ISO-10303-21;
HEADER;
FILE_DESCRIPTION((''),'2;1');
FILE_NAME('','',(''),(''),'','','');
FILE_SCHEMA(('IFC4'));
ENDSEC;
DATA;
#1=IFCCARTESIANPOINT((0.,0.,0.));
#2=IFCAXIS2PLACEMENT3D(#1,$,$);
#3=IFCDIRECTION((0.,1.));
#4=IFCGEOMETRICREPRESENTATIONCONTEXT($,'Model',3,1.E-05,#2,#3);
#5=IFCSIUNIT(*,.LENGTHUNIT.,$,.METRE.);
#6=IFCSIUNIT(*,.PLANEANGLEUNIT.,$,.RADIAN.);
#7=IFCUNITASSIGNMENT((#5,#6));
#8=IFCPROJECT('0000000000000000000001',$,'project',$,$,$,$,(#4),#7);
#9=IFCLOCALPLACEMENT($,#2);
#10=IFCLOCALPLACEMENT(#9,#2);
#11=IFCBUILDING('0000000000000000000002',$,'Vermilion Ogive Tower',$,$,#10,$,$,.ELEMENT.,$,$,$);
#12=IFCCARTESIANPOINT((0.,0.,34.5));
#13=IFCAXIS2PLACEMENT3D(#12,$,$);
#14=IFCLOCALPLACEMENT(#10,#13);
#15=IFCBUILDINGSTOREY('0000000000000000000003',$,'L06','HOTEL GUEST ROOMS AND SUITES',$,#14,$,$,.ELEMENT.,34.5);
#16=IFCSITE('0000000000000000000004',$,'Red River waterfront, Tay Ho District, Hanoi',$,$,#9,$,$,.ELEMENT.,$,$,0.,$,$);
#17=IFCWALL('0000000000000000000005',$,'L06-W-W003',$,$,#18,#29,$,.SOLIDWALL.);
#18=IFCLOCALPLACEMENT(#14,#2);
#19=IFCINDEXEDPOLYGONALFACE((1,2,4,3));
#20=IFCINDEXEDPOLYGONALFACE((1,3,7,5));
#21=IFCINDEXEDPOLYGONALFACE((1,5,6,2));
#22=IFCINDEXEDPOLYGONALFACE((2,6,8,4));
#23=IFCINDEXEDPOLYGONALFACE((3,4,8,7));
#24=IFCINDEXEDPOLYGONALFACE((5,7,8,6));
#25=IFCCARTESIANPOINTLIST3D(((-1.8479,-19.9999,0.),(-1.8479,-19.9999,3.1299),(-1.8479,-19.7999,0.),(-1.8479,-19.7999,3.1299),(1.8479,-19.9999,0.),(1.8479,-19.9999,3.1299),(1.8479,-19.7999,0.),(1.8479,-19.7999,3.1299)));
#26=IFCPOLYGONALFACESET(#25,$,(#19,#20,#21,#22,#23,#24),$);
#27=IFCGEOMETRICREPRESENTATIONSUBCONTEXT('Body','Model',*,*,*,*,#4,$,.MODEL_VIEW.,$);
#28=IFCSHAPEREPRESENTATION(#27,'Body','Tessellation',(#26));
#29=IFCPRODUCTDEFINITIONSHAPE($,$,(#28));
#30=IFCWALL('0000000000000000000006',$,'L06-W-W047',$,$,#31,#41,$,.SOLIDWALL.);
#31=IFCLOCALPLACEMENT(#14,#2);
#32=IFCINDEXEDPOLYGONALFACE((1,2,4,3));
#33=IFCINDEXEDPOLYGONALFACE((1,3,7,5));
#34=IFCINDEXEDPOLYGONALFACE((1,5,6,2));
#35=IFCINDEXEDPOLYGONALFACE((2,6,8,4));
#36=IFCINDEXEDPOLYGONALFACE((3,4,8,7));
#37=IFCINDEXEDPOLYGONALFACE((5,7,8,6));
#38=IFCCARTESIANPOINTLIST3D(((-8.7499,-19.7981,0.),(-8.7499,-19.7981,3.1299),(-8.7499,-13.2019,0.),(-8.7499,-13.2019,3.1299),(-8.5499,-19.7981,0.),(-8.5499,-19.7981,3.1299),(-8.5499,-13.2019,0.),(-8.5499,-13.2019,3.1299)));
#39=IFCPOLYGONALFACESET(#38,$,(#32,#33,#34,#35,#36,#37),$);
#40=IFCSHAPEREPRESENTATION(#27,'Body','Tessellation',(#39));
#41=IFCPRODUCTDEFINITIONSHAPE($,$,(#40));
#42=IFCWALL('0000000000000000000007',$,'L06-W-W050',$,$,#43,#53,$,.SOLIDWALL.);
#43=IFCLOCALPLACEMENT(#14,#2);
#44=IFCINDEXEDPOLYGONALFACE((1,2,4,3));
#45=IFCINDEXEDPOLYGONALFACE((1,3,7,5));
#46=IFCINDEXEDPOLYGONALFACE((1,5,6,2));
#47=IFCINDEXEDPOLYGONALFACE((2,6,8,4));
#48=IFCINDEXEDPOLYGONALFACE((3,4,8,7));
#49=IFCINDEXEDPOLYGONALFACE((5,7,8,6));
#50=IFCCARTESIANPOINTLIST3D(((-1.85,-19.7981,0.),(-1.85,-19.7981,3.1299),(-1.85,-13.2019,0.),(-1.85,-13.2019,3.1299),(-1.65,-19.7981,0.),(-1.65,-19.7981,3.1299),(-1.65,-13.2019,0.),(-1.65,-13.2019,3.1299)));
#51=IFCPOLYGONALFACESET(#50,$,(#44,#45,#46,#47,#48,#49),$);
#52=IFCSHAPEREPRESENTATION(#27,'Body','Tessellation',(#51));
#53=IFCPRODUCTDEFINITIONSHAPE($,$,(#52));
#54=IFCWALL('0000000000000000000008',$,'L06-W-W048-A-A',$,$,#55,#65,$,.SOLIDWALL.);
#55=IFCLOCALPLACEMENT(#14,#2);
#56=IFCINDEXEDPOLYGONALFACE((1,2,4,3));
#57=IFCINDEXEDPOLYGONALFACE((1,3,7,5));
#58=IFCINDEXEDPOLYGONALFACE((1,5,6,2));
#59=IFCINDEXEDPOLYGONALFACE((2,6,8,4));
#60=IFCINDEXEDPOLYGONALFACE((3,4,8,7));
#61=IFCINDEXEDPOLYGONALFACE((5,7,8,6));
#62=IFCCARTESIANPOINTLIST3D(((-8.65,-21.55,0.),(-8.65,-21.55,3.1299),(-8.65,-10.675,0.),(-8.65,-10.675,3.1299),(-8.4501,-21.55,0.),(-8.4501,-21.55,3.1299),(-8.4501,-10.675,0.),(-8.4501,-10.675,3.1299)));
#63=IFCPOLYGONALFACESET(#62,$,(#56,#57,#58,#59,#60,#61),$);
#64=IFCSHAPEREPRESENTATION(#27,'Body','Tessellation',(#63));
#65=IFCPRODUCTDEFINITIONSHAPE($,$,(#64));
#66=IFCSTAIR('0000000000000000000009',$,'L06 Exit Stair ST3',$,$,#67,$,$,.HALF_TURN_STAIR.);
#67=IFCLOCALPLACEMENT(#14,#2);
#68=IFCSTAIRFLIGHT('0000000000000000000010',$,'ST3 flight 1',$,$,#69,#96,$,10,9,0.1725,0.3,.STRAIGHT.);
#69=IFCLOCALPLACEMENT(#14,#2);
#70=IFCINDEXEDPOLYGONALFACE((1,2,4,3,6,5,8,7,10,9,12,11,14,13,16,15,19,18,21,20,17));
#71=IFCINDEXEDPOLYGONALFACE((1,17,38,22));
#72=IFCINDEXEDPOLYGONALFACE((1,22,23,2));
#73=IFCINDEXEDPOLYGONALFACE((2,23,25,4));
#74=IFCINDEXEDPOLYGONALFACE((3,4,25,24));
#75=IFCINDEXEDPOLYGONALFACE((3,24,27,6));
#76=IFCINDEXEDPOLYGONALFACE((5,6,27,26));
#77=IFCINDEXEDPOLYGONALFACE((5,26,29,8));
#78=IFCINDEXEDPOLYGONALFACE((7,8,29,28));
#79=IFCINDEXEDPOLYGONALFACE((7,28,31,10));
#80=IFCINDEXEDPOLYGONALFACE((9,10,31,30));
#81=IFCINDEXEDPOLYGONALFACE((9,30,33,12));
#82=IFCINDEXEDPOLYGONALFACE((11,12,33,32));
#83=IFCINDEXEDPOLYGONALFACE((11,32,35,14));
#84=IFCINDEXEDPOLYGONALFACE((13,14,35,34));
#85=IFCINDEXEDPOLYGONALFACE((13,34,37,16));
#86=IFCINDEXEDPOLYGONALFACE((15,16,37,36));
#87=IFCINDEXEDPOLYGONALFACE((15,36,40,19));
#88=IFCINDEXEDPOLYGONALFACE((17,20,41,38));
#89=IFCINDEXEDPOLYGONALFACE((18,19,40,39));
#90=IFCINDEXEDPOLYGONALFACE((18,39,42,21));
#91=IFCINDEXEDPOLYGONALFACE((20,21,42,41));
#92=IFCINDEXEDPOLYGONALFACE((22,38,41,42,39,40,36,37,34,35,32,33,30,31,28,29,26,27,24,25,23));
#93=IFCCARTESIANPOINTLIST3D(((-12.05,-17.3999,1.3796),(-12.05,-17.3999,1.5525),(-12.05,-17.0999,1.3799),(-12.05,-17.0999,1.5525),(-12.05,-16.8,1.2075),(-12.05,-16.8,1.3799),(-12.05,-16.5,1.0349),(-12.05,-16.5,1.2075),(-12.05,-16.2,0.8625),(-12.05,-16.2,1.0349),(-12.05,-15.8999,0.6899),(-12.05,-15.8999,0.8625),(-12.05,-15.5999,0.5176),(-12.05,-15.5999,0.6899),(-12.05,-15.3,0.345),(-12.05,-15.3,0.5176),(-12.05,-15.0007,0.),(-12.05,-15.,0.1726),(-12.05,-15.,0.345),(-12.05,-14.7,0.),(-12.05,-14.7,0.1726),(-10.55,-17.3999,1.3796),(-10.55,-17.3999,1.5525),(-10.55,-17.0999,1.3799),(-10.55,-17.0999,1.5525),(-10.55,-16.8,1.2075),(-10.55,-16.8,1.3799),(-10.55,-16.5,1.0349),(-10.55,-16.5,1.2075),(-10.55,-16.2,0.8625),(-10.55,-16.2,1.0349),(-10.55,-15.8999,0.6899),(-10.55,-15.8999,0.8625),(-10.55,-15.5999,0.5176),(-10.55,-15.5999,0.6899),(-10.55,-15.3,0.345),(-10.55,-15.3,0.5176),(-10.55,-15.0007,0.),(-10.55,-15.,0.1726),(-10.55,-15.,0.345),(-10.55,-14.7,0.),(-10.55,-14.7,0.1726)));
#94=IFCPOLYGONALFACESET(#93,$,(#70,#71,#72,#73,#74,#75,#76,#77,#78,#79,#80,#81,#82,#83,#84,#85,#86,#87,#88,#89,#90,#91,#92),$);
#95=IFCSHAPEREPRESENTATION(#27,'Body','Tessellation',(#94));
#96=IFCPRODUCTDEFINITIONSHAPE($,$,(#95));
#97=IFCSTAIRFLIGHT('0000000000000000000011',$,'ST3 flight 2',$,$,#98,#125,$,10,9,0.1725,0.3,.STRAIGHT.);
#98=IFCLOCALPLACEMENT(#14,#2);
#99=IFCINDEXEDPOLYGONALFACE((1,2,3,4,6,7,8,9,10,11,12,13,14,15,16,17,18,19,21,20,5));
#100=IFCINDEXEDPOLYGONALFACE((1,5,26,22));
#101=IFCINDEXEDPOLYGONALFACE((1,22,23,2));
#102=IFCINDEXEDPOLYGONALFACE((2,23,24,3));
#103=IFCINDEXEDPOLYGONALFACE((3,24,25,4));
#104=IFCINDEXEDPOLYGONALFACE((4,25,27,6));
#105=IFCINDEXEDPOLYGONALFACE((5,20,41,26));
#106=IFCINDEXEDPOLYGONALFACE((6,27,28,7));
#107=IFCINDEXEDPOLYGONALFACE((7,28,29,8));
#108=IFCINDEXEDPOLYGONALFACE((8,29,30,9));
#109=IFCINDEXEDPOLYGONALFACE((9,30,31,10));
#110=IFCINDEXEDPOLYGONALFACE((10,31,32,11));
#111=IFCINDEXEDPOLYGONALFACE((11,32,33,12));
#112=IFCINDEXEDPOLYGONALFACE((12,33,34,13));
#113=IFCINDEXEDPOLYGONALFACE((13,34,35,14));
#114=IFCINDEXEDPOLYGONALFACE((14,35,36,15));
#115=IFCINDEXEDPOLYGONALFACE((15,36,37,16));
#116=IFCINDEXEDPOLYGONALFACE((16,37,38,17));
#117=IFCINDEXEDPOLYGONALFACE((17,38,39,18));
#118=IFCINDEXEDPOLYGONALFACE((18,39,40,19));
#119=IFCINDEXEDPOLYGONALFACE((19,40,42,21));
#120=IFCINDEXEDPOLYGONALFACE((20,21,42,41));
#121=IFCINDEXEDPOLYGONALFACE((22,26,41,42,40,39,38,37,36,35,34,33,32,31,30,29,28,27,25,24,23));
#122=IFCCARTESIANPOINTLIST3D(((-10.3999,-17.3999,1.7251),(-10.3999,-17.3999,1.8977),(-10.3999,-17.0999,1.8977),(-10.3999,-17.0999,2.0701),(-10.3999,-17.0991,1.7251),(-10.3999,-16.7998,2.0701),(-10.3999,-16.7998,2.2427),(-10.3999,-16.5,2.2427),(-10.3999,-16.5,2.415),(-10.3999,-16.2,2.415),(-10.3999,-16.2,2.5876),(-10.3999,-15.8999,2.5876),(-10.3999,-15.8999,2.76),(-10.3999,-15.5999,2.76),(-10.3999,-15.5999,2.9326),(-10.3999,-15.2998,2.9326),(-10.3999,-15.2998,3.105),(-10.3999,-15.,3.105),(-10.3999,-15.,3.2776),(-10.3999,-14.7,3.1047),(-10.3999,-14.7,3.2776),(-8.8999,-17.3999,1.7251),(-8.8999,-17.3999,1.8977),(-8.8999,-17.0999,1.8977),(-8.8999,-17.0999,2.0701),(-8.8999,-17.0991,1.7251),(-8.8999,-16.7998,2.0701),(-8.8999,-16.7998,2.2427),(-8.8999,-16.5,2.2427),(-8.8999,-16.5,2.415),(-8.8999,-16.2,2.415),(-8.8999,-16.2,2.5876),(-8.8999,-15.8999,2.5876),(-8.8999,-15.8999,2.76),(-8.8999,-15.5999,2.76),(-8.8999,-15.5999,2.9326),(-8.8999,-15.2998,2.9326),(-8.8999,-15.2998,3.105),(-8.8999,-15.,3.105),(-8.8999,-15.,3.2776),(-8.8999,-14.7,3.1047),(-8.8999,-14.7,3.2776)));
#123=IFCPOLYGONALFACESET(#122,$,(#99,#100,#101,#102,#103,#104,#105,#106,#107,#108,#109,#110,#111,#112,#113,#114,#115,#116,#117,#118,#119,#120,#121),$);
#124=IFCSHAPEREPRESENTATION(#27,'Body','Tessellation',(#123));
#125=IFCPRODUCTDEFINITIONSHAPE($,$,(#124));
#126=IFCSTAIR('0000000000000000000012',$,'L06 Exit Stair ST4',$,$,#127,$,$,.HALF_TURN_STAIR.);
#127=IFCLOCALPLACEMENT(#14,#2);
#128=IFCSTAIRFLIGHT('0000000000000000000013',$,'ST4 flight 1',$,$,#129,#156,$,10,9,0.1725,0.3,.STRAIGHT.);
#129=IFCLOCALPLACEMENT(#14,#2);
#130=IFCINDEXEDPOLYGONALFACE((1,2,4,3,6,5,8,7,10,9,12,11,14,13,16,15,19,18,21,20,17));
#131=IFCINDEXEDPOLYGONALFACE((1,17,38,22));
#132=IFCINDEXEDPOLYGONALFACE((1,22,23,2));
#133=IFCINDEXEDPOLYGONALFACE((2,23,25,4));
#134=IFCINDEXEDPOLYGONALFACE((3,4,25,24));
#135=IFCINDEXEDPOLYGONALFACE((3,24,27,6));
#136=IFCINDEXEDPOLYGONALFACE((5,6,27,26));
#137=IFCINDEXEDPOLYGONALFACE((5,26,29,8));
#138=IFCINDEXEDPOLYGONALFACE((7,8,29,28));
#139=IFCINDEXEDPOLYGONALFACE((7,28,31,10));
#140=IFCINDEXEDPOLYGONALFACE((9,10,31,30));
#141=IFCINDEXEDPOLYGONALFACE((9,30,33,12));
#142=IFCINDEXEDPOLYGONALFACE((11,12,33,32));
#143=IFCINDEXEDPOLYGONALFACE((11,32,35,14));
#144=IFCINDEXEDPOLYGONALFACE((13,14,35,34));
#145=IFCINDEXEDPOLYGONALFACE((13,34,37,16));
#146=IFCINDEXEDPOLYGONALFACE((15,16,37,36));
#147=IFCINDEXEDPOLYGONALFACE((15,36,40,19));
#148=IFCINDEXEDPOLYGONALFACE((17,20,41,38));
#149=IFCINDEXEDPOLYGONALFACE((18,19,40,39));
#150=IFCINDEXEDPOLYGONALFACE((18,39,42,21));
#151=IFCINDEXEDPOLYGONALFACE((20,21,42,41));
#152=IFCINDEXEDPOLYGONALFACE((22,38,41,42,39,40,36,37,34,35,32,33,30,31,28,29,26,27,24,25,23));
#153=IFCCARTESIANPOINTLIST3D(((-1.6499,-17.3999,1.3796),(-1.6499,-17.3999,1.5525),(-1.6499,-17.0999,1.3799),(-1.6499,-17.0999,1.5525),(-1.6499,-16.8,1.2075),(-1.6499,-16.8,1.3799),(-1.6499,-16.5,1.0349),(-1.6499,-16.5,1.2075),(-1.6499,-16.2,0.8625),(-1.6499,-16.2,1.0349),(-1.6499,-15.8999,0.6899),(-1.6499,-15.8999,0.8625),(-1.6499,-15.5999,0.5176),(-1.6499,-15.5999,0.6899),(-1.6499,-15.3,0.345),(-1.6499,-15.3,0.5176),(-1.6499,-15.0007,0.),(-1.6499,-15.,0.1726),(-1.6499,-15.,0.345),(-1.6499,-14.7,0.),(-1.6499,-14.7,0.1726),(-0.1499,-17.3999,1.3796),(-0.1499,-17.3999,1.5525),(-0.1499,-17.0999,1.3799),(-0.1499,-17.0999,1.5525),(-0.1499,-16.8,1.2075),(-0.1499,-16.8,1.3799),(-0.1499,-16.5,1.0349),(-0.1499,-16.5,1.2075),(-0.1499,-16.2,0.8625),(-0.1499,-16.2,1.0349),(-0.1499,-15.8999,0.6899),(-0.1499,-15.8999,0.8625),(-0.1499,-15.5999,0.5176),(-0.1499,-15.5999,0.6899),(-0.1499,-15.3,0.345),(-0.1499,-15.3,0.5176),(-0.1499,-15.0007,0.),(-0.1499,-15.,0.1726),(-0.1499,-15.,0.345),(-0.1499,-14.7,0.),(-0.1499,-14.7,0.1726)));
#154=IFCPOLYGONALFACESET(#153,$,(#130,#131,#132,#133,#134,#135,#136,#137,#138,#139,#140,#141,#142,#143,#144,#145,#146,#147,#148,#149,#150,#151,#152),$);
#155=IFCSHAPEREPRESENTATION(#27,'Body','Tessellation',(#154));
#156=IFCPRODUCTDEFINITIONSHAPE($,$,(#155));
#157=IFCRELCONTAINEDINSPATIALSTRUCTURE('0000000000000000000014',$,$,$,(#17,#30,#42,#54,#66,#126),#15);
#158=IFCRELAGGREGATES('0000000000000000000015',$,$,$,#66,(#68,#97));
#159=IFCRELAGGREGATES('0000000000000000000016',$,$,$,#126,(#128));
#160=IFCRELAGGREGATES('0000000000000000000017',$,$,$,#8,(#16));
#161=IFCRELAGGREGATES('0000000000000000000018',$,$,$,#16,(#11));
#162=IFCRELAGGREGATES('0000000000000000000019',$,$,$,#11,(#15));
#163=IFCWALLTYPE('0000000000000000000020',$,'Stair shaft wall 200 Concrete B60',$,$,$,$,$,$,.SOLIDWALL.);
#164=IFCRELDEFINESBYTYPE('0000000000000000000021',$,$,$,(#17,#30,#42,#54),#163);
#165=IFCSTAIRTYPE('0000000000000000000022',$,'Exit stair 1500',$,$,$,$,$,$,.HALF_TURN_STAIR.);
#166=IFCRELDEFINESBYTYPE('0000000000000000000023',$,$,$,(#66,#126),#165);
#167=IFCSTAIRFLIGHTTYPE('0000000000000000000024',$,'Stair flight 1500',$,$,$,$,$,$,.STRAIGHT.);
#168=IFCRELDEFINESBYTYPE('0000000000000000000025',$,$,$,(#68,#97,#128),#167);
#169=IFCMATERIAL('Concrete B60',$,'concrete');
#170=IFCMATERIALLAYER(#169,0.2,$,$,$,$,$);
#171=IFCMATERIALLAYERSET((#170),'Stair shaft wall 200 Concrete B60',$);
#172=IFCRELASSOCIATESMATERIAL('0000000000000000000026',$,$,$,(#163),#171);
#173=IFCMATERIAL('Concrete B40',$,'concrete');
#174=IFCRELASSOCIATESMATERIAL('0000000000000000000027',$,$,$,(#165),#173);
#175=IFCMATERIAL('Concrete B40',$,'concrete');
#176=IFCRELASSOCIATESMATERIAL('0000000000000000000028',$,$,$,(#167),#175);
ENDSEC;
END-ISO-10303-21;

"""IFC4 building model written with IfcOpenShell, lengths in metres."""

from ifc_helpers import new_model, si_unit, direction, frame, frame_2d, origin, place, context, subcontext, project, spatial, polyline, rectangle, outline, extrude, material, layer, layer_set, type_object, element, aggregate, save


model = new_model("IFC4")

# Units and contexts
model_context = context("Model", 3, precision=1e-05, world=origin(), true_north=direction((0.0, 1.0)))
body_context = subcontext(model_context, "Body", "Model", "MODEL_VIEW")
ifc_project = project(units=[si_unit("LENGTHUNIT", "METRE"), si_unit("PLANEANGLEUNIT", "RADIAN")], contexts=[model_context])

# Site, building, storey
site_placement = place(None, origin())
site = spatial("IfcSite", under=ifc_project, at=site_placement, Name="Red River waterfront, Tay Ho District, Hanoi", CompositionType="ELEMENT", RefElevation=0.0)
building_placement = place(site_placement, origin())
building = spatial("IfcBuilding", under=site, at=building_placement, Name="Vermilion Ogive Tower", CompositionType="ELEMENT")
storey_placement = place(building_placement, frame((0.0, 0.0, 34.5)))
storey = spatial("IfcBuildingStorey", under=building, at=storey_placement, Name="L06", Description="HOTEL GUEST ROOMS AND SUITES", CompositionType="ELEMENT", Elevation=34.5)

# Walls
ifc_material_1 = material(Name="Concrete B60", Category="concrete")
ifc_layer_1 = layer(ifc_material_1, 0.2)
ifc_layer_set_1 = layer_set([ifc_layer_1], Name="Stair shaft wall 200 Concrete B60")
wall_type = type_object("IfcWallType", Name="Stair shaft wall 200 Concrete B60", PredefinedType="SOLIDWALL", material=ifc_layer_set_1)
wall_1_placement = place(storey_placement, frame((-1.8479, -19.8999, 0.0), z_axis=(0.0, 0.0, 1.0), x_axis=(1.0, 0.0, 0.0)))
element("IfcWall", 1, at=wall_1_placement, inside=storey, type_object=wall_type, Name="L06-W-W003", PredefinedType="SOLIDWALL", context=body_context, shape_type="SweptSolid", body=[
    extrude(rectangle(XDim=3.6958, YDim=0.2, at=frame_2d((1.8479, 0.0))), origin(), (0.0, 0.0, 1.0), 3.1299),
])
for number, where, z_axis, x_axis, name in (
    (2, (-8.6499, -19.7981, 0.0), (0.0, 0.0, 1.0), (0.0, 1.0, 0.0), "L06-W-W047"),
    (3, (-1.75, -19.7981, 0.0), (0.0, 0.0, 1.0), (0.0, 1.0, 0.0), "L06-W-W050"),
):
    element("IfcWall", number, at=place(storey_placement, frame(where, z_axis=z_axis, x_axis=x_axis)), inside=storey, type_object=wall_type, Name=name, PredefinedType="SOLIDWALL", context=body_context, shape_type="SweptSolid", body=[
        extrude(rectangle(XDim=6.5962, YDim=0.2, at=frame_2d((3.2981, 0.0))), origin(), (0.0, 0.0, 1.0), 3.1299),
    ])
wall_2_placement = place(storey_placement, frame((-8.55, -21.55, 0.0), z_axis=(0.0, 0.0, 1.0), x_axis=(0.0, 1.0, 0.0)))
element("IfcWall", 4, at=wall_2_placement, inside=storey, type_object=wall_type, Name="L06-W-W048-A-A", PredefinedType="SOLIDWALL", context=body_context, shape_type="SweptSolid", body=[
    extrude(rectangle(XDim=10.875, YDim=0.2, at=frame_2d((5.4375, 0.0))), origin(), (0.0, 0.0, 1.0), 3.1299),
])

# Stair, stair flights
ifc_material_2 = material(Name="Concrete B40", Category="concrete")
stair_type = type_object("IfcStairType", Name="Exit stair 1500", PredefinedType="HALF_TURN_STAIR", material=ifc_material_2)
stair_1_placement = place(storey_placement, origin())
stair_1 = element("IfcStair", 5, at=stair_1_placement, inside=storey, type_object=stair_type, Name="L06 Exit Stair ST3", PredefinedType="HALF_TURN_STAIR")
ifc_material_3 = material(Name="Concrete B40", Category="concrete")
stair_flight_type = type_object("IfcStairFlightType", Name="Stair flight 1500", PredefinedType="STRAIGHT", material=ifc_material_3)
stair_flight_1_placement = place(storey_placement, frame((-11.3, -14.7, 0.0), z_axis=(0.0, 0.0, 1.0), x_axis=(0.0, -1.0, 0.0)))
stair_flight_1 = element("IfcStairFlight", 6, at=stair_flight_1_placement, type_object=stair_flight_type, Name="ST3 flight 1", NumberOfRisers=10, NumberOfTreads=9, PredefinedType="STRAIGHT", RiserHeight=0.1725, TreadLength=0.3, context=body_context, shape_type="SweptSolid", body=[
    extrude(outline(polyline([(0.0, 0.0), (0.0, 0.1726), (0.3, 0.1726), (0.3, 0.345), (0.6001, 0.345), (0.6001, 0.5176), (0.8999, 0.5176), (0.8999, 0.6899), (1.2, 0.6899), (1.2, 0.8625), (1.5, 0.8625), (1.5, 1.0349), (1.8, 1.0349), (1.8, 1.2075), (2.1001, 1.2075), (2.1001, 1.3799), (2.3999, 1.3799), (2.3999, 1.5525), (2.7, 1.5525), (2.7, 1.7251), (2.7, 1.3796), (0.3008, 0.0), (0.0, 0.0)])), frame((0.0, 0.75, 0.0), z_axis=(0.0, -1.0, 0.0), x_axis=(1.0, 0.0, 0.0)), (0.0, 0.0, 1.0), 1.5),
])
stair_flight_2_placement = place(storey_placement, frame((-9.6499, -17.3999, 1.7251), z_axis=(0.0, 0.0, 1.0), x_axis=(0.0, 1.0, 0.0)))
stair_flight_2 = element("IfcStairFlight", 7, at=stair_flight_2_placement, type_object=stair_flight_type, Name="ST3 flight 2", NumberOfRisers=10, NumberOfTreads=9, PredefinedType="STRAIGHT", RiserHeight=0.1725, TreadLength=0.3, context=body_context, shape_type="SweptSolid", body=[
    extrude(outline(polyline([(0.0, 0.0), (0.0, 0.1726), (0.3, 0.1726), (0.3, 0.345), (0.6001, 0.345), (0.6001, 0.5176), (0.8999, 0.5176), (0.8999, 0.6899), (1.2, 0.6899), (1.2, 0.8625), (1.5, 0.8625), (1.5, 1.0349), (1.8, 1.0349), (1.8, 1.2075), (2.1001, 1.2075), (2.1001, 1.3799), (2.3999, 1.3799), (2.3999, 1.5525), (2.7, 1.5525), (2.7, 1.7251), (2.7, 1.3796), (0.3008, 0.0), (0.0, 0.0)])), frame((0.0, 0.75, 0.0), z_axis=(0.0, -1.0, 0.0), x_axis=(1.0, 0.0, 0.0)), (0.0, 0.0, 1.0), 1.5),
])
aggregate(stair_1, [stair_flight_1, stair_flight_2])

# Stair, stair flight
stair_2_placement = place(storey_placement, origin())
stair_2 = element("IfcStair", 8, at=stair_2_placement, inside=storey, type_object=stair_type, Name="L06 Exit Stair ST4", PredefinedType="HALF_TURN_STAIR")
stair_flight_3_placement = place(storey_placement, frame((-0.8999, -14.7, 0.0), z_axis=(0.0, 0.0, 1.0), x_axis=(0.0, -1.0, 0.0)))
stair_flight_3 = element("IfcStairFlight", 9, at=stair_flight_3_placement, type_object=stair_flight_type, Name="ST4 flight 1", NumberOfRisers=10, NumberOfTreads=9, PredefinedType="STRAIGHT", RiserHeight=0.1725, TreadLength=0.3, context=body_context, shape_type="SweptSolid", body=[
    extrude(outline(polyline([(0.0, 0.0), (0.0, 0.1726), (0.3, 0.1726), (0.3, 0.345), (0.6001, 0.345), (0.6001, 0.5176), (0.8999, 0.5176), (0.8999, 0.6899), (1.2, 0.6899), (1.2, 0.8625), (1.5, 0.8625), (1.5, 1.0349), (1.8, 1.0349), (1.8, 1.2075), (2.1001, 1.2075), (2.1001, 1.3799), (2.3999, 1.3799), (2.3999, 1.5525), (2.7, 1.5525), (2.7, 1.7251), (2.7, 1.3796), (0.3008, 0.0), (0.0, 0.0)])), frame((0.0, 0.75, 0.0), z_axis=(0.0, -1.0, 0.0), x_axis=(1.0, 0.0, 0.0)), (0.0, 0.0, 1.0), 1.5),
])
aggregate(stair_2, [stair_flight_3])

save(model, "model.ifc")
